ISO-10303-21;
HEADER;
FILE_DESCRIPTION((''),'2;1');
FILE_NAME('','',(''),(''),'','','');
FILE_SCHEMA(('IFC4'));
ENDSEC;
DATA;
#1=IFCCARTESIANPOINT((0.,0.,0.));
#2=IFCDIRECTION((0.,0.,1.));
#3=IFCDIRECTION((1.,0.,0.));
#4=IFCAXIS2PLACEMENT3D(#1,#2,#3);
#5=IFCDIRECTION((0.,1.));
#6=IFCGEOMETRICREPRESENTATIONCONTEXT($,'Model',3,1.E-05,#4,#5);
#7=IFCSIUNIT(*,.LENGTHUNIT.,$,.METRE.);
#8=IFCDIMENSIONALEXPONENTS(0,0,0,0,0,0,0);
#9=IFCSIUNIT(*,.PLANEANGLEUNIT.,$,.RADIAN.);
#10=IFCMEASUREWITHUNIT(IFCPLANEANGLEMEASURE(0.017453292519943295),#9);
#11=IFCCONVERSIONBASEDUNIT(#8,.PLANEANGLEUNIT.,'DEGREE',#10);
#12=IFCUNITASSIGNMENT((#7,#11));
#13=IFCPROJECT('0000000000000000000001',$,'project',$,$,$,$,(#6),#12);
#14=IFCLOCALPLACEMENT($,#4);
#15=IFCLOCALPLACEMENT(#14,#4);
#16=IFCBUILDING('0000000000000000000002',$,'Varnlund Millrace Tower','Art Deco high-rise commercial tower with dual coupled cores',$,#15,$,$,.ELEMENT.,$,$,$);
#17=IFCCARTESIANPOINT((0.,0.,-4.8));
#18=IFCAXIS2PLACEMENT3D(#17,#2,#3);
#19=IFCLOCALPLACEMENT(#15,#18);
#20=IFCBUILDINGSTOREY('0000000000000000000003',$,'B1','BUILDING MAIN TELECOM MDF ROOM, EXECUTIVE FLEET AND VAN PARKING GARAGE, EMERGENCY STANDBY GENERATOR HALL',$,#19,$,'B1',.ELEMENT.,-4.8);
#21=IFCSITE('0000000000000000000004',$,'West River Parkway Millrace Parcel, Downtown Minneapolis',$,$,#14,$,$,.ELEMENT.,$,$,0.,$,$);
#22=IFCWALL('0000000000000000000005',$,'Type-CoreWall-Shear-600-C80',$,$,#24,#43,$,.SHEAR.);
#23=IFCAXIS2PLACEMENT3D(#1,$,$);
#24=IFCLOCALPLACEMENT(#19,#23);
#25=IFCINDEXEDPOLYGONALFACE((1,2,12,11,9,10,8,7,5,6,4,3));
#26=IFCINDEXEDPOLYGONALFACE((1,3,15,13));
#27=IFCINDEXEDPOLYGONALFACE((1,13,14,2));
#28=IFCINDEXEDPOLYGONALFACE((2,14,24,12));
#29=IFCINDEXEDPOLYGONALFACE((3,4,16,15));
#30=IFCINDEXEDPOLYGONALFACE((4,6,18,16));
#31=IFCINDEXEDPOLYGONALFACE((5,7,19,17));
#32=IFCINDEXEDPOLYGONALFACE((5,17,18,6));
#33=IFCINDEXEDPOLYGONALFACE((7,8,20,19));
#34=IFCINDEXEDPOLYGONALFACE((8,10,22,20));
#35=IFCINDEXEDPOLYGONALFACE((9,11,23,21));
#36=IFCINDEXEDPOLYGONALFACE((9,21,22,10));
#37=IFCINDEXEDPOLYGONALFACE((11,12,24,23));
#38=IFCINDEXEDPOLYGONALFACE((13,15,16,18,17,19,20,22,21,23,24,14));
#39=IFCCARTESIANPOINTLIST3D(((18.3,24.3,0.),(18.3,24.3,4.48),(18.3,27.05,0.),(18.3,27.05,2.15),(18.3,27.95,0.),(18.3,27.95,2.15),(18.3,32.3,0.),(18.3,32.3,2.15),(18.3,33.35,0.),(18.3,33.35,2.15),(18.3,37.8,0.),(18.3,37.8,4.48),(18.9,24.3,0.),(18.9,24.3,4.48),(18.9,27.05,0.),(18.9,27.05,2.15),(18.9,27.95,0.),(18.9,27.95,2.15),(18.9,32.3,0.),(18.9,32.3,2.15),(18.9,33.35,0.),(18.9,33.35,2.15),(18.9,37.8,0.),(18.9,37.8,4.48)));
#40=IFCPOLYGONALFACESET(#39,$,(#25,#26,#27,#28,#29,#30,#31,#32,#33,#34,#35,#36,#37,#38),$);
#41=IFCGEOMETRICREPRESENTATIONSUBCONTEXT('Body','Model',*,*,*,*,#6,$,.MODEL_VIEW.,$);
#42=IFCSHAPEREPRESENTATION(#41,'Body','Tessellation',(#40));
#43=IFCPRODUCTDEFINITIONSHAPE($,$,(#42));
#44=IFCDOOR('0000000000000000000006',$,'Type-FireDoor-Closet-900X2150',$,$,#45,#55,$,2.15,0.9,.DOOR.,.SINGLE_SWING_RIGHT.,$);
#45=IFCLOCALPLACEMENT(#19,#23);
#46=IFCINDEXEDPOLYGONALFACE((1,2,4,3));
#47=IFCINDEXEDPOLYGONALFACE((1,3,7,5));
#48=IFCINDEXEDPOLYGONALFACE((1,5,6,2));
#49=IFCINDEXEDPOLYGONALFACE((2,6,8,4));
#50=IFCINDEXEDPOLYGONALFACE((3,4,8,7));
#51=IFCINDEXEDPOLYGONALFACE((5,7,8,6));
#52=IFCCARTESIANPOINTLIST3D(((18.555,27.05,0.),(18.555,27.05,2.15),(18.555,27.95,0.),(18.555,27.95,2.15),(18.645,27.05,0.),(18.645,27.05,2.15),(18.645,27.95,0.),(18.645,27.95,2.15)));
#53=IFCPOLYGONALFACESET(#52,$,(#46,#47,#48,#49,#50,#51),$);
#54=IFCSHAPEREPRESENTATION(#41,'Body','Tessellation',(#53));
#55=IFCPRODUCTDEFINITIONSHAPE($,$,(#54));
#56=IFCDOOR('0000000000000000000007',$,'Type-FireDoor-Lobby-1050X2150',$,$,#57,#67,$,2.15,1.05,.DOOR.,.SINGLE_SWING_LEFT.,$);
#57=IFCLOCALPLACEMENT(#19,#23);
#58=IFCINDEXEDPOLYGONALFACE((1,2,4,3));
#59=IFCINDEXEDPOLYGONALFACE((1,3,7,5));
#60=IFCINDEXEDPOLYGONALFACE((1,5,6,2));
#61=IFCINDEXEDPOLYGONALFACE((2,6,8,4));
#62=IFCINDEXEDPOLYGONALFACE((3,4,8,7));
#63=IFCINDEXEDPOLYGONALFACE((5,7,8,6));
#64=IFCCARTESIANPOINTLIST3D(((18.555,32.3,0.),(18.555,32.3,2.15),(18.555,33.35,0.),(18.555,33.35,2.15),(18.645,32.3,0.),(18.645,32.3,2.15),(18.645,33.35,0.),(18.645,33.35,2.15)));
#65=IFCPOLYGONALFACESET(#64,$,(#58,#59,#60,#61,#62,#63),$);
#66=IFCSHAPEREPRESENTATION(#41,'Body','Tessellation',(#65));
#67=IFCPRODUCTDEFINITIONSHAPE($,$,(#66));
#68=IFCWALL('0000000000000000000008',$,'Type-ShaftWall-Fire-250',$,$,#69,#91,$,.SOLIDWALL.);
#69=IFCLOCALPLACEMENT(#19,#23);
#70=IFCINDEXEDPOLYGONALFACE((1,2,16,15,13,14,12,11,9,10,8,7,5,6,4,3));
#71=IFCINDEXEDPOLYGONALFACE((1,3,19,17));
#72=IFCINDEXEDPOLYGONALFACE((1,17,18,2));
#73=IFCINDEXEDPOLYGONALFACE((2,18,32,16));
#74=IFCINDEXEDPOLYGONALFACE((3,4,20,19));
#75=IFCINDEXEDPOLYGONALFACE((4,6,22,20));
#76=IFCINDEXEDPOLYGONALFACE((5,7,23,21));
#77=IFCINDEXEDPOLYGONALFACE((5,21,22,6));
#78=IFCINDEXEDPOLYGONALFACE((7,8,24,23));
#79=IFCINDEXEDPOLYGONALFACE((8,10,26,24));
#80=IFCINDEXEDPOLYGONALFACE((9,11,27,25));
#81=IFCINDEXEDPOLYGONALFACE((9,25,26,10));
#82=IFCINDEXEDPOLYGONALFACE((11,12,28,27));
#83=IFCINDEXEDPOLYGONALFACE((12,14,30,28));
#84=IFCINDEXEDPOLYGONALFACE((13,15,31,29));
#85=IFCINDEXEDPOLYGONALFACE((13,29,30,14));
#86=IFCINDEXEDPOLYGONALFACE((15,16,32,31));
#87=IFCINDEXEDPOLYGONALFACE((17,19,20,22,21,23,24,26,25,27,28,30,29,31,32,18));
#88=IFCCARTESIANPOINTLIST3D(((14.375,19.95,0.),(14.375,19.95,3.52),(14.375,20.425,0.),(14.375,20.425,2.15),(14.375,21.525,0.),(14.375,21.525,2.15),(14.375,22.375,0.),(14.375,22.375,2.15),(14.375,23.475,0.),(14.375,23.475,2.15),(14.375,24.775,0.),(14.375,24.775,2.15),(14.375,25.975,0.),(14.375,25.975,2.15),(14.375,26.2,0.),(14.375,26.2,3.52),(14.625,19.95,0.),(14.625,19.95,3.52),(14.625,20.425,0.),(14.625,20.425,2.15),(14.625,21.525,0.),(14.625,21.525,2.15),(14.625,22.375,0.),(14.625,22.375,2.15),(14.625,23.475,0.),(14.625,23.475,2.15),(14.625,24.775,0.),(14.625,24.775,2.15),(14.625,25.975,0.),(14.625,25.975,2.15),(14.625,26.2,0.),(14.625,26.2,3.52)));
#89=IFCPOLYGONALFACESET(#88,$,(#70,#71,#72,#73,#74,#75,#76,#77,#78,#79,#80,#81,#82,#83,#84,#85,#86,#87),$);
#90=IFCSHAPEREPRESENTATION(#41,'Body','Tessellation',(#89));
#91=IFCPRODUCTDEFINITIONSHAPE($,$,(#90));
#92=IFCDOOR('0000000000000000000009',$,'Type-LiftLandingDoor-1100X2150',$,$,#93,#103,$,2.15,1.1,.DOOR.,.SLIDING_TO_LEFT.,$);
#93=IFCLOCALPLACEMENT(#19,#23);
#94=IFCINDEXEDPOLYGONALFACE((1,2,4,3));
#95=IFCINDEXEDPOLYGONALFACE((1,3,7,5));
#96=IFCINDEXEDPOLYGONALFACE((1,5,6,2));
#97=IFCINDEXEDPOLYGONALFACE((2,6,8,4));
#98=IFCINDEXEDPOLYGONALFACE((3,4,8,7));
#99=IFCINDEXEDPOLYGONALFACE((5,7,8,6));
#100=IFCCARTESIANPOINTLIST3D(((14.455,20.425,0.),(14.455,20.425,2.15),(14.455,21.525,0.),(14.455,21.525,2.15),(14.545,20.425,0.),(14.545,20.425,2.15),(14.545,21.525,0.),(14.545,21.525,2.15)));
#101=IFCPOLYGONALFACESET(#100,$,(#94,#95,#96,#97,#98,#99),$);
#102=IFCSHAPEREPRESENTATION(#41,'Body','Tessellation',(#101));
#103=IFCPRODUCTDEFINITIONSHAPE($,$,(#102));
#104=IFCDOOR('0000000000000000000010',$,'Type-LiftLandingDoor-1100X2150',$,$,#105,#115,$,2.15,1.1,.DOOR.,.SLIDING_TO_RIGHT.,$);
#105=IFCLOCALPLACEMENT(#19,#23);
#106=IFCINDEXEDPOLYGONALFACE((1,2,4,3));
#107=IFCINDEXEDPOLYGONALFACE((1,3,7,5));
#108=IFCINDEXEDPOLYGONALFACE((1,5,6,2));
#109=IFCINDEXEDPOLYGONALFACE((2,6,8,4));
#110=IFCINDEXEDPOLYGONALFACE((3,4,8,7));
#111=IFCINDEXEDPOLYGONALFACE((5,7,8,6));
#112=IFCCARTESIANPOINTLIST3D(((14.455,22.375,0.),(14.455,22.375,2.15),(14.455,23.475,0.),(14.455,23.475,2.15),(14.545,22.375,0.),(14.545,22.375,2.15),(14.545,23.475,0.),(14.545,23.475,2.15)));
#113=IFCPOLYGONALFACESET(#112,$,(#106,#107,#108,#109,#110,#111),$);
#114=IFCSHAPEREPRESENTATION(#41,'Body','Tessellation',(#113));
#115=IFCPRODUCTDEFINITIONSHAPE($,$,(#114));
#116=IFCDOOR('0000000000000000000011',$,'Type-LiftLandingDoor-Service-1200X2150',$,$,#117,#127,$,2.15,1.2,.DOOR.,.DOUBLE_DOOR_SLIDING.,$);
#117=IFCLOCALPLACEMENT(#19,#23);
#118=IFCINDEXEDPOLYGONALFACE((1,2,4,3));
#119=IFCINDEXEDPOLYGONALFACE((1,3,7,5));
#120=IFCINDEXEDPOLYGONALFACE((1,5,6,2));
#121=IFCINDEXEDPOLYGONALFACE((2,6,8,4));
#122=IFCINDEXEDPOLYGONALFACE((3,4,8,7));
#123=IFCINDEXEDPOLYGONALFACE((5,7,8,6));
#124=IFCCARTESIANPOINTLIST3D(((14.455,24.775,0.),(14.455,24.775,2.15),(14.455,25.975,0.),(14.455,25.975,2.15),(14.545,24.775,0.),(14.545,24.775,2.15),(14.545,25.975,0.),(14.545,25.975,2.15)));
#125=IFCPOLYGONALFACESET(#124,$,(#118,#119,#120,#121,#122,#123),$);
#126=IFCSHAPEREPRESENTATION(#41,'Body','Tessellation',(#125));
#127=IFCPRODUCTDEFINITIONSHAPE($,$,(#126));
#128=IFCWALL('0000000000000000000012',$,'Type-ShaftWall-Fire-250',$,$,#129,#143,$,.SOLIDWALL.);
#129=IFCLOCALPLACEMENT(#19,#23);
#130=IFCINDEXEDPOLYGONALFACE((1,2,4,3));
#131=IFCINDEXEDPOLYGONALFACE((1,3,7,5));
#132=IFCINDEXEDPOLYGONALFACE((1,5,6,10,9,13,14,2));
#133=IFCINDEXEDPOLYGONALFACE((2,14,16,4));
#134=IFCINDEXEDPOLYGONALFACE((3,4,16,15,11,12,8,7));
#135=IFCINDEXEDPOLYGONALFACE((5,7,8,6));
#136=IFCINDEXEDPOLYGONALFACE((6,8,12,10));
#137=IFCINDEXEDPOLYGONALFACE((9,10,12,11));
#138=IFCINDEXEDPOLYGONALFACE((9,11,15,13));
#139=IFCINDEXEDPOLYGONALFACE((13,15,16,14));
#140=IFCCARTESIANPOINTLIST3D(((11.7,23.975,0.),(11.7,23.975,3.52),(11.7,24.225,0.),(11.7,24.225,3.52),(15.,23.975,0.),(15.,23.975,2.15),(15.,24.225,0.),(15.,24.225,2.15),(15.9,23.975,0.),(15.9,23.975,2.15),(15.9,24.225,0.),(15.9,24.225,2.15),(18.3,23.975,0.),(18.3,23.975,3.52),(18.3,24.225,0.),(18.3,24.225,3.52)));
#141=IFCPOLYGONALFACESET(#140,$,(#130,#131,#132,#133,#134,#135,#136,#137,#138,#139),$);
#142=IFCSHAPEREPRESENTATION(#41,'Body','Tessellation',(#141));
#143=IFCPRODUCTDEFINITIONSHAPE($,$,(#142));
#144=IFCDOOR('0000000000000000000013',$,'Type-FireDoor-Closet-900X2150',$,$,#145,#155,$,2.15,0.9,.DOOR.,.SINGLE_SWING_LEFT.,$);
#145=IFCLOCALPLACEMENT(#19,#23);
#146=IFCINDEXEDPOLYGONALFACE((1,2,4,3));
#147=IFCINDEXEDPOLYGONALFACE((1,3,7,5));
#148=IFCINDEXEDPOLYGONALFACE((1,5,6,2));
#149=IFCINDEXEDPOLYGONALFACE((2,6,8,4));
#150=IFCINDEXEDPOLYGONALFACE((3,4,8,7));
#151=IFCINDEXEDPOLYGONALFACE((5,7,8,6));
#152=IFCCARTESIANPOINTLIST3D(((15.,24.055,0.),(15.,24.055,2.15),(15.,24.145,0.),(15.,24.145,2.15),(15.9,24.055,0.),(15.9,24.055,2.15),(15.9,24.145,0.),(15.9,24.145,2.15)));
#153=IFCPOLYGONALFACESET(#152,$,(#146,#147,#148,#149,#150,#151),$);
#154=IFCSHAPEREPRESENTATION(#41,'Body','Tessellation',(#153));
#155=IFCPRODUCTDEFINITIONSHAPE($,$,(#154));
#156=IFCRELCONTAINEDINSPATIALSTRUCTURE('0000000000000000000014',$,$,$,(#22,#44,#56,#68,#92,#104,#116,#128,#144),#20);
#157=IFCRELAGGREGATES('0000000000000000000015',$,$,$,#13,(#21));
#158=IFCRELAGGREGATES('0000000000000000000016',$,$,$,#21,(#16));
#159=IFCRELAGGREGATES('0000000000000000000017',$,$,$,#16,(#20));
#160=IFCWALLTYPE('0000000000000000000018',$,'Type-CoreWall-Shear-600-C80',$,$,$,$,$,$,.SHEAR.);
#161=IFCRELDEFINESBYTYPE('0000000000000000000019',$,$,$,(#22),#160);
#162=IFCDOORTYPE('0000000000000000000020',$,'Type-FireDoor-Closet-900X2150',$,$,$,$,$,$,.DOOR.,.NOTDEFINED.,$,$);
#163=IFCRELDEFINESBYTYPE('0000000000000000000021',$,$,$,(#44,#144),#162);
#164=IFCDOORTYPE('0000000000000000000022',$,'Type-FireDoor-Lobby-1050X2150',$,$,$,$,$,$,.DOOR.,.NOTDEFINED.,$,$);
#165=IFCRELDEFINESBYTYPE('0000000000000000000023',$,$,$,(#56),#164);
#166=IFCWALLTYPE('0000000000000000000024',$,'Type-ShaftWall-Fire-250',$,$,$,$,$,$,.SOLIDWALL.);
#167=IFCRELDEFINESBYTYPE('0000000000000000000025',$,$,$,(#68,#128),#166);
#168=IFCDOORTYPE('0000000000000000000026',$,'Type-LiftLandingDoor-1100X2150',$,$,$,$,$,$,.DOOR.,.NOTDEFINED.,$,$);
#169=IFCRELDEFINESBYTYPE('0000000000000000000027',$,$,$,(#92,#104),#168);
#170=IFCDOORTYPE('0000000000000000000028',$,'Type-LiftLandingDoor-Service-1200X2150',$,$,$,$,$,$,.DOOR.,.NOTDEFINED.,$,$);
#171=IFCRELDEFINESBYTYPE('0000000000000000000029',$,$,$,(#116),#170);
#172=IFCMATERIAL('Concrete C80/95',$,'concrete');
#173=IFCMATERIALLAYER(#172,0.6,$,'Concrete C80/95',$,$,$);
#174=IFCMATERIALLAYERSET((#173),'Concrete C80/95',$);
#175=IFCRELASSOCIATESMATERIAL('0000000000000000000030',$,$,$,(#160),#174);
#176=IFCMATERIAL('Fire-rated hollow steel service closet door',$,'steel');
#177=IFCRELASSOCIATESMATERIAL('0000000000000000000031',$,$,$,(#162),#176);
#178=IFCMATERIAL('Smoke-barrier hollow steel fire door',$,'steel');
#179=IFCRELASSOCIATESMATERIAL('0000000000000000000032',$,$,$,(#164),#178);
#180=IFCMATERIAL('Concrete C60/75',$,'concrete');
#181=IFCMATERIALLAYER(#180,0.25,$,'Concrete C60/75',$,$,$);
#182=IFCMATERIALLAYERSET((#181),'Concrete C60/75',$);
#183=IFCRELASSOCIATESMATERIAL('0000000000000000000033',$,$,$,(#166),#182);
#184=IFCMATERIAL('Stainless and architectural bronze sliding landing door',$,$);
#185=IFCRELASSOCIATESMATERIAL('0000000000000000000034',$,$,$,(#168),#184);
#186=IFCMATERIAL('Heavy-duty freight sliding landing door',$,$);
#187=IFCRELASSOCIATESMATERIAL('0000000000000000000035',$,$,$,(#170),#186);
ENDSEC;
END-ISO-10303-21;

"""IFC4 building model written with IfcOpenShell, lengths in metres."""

from ifc_helpers import new_model, entity, si_unit, converted_unit, direction, frame, origin_with_axes, origin_2d_with_axis, place, context, subcontext, project, spatial, polyline, rectangle, outline, extrude, material, layer, layer_set, type_object, element, fill, save


model = new_model("IFC4")

# Units and contexts
model_context = context("Model", 3, precision=1e-05, world=origin_with_axes(), true_north=direction((0.0, 1.0)))
body_context = subcontext(model_context, "Body", "Model", "MODEL_VIEW")
ifc_project = project(units=[si_unit("LENGTHUNIT", "METRE"), converted_unit("PLANEANGLEUNIT", "DEGREE", entity("IfcPlaneAngleMeasure", 0.017453292519943295), si_unit("PLANEANGLEUNIT", "RADIAN"), dimensions=[0, 0, 0, 0, 0, 0, 0])], contexts=[model_context])

# Site, building, storey
site_placement = place(None, origin_with_axes())
site = spatial("IfcSite", under=ifc_project, at=site_placement, Name="West River Parkway Millrace Parcel, Downtown Minneapolis", CompositionType="ELEMENT", RefElevation=0.0)
building_placement = place(site_placement, origin_with_axes())
building = spatial("IfcBuilding", under=site, at=building_placement, Name="Varnlund Millrace Tower", Description="Art Deco high-rise commercial tower with dual coupled cores", CompositionType="ELEMENT")
storey_placement = place(building_placement, frame((0.0, 0.0, -4.8), z_axis=(0.0, 0.0, 1.0), x_axis=(1.0, 0.0, 0.0)))
storey = spatial("IfcBuildingStorey", under=building, at=storey_placement, Name="B1", Description="BUILDING MAIN TELECOM MDF ROOM, EXECUTIVE FLEET AND VAN PARKING GARAGE, EMERGENCY STANDBY GENERATOR HALL", LongName="B1", CompositionType="ELEMENT", Elevation=-4.8)

# Shared definitions
ifc_material_1 = material(Name="Concrete C80/95", Category="concrete")

# Walls, openings, doors
ifc_layer_1 = layer(ifc_material_1, 0.6, Name="Concrete C80/95")
ifc_layer_set_1 = layer_set([ifc_layer_1], Name="Concrete C80/95")
wall_type_1 = type_object("IfcWallType", Name="Type-CoreWall-Shear-600-C80", PredefinedType="SHEAR", material=ifc_layer_set_1)
wall_1_placement = place(storey_placement, frame((18.6, 24.3, 0.0), z_axis=(0.0, 0.0, 1.0), x_axis=(0.0, 1.0, 0.0)))
wall_1 = element("IfcWall", 1, at=wall_1_placement, inside=storey, type_object=wall_type_1, Name="Type-CoreWall-Shear-600-C80", PredefinedType="SHEAR", context=body_context, shape_type="SweptSolid", body=[
    extrude(outline(polyline([(0.0, -0.3), (13.5, -0.3), (13.5, 0.3), (0.0, 0.3), (0.0, -0.3)])), origin_with_axes(), (0.0, 0.0, 1.0), 4.48),
])
opening_1_placement = place(wall_1_placement, frame((3.2, 0.0, 0.0), z_axis=(0.0, 0.0, 1.0), x_axis=(1.0, 0.0, 0.0)))
opening_1 = element("IfcOpeningElement", 2, at=opening_1_placement, cuts=wall_1, PredefinedType="OPENING", context=body_context, shape_type="SweptSolid", body=[
    extrude(rectangle(XDim=0.9, YDim=0.62, at=origin_2d_with_axis()), origin_with_axes(), (0.0, 0.0, 1.0), 2.15),
])
opening_2_placement = place(wall_1_placement, frame((8.525, 0.0, 0.0), z_axis=(0.0, 0.0, 1.0), x_axis=(1.0, 0.0, 0.0)))
opening_2 = element("IfcOpeningElement", 3, at=opening_2_placement, cuts=wall_1, PredefinedType="OPENING", context=body_context, shape_type="SweptSolid", body=[
    extrude(rectangle(XDim=1.05, YDim=0.62, at=origin_2d_with_axis()), origin_with_axes(), (0.0, 0.0, 1.0), 2.15),
])
ifc_material_2 = material(Name="Fire-rated hollow steel service closet door", Category="steel")
door_type_1 = type_object("IfcDoorType", Name="Type-FireDoor-Closet-900X2150", OperationType="NOTDEFINED", PredefinedType="DOOR", material=ifc_material_2)
door_1_placement = place(wall_1_placement, frame((3.2, 0.0, 0.0), z_axis=(0.0, 0.0, 1.0), x_axis=(1.0, 0.0, 0.0)))
door_1 = element("IfcDoor", 4, at=door_1_placement, inside=storey, type_object=door_type_1, Name="Type-FireDoor-Closet-900X2150", OperationType="SINGLE_SWING_RIGHT", OverallHeight=2.15, OverallWidth=0.9, PredefinedType="DOOR", context=body_context, shape_type="SweptSolid", body=[
    extrude(rectangle(XDim=0.9, YDim=0.09, at=origin_2d_with_axis()), origin_with_axes(), (0.0, 0.0, 1.0), 2.15),
])
fill(opening_1, door_1)
ifc_material_3 = material(Name="Smoke-barrier hollow steel fire door", Category="steel")
door_type_2 = type_object("IfcDoorType", Name="Type-FireDoor-Lobby-1050X2150", OperationType="NOTDEFINED", PredefinedType="DOOR", material=ifc_material_3)
door_2_placement = place(wall_1_placement, frame((8.525, 0.0, 0.0), z_axis=(0.0, 0.0, 1.0), x_axis=(1.0, 0.0, 0.0)))
door_2 = element("IfcDoor", 5, at=door_2_placement, inside=storey, type_object=door_type_2, Name="Type-FireDoor-Lobby-1050X2150", OperationType="SINGLE_SWING_LEFT", OverallHeight=2.15, OverallWidth=1.05, PredefinedType="DOOR", context=body_context, shape_type="SweptSolid", body=[
    extrude(rectangle(XDim=1.05, YDim=0.09, at=origin_2d_with_axis()), origin_with_axes(), (0.0, 0.0, 1.0), 2.15),
])
fill(opening_2, door_2)
ifc_material_4 = material(Name="Concrete C60/75", Category="concrete")
ifc_layer_2 = layer(ifc_material_4, 0.25, Name="Concrete C60/75")
ifc_layer_set_2 = layer_set([ifc_layer_2], Name="Concrete C60/75")
wall_type_2 = type_object("IfcWallType", Name="Type-ShaftWall-Fire-250", PredefinedType="SOLIDWALL", material=ifc_layer_set_2)
wall_2_placement = place(storey_placement, frame((14.5, 19.95, 0.0), z_axis=(0.0, 0.0, 1.0), x_axis=(0.0, 1.0, 0.0)))
wall_2 = element("IfcWall", 6, at=wall_2_placement, inside=storey, type_object=wall_type_2, Name="Type-ShaftWall-Fire-250", PredefinedType="SOLIDWALL", context=body_context, shape_type="SweptSolid", body=[
    extrude(outline(polyline([(0.0, -0.125), (6.25, -0.125), (6.25, 0.125), (0.0, 0.125), (0.0, -0.125)])), origin_with_axes(), (0.0, 0.0, 1.0), 3.52),
])
opening_3_placement = place(wall_2_placement, frame((1.025, 0.0, 0.0), z_axis=(0.0, 0.0, 1.0), x_axis=(1.0, 0.0, 0.0)))
opening_3 = element("IfcOpeningElement", 7, at=opening_3_placement, cuts=wall_2, PredefinedType="OPENING", context=body_context, shape_type="SweptSolid", body=[
    extrude(rectangle(XDim=1.1, YDim=0.27, at=origin_2d_with_axis()), origin_with_axes(), (0.0, 0.0, 1.0), 2.15),
])
opening_4_placement = place(wall_2_placement, frame((2.975, 0.0, 0.0), z_axis=(0.0, 0.0, 1.0), x_axis=(1.0, 0.0, 0.0)))
opening_4 = element("IfcOpeningElement", 8, at=opening_4_placement, cuts=wall_2, PredefinedType="OPENING", context=body_context, shape_type="SweptSolid", body=[
    extrude(rectangle(XDim=1.1, YDim=0.27, at=origin_2d_with_axis()), origin_with_axes(), (0.0, 0.0, 1.0), 2.15),
])
opening_5_placement = place(wall_2_placement, frame((5.425, 0.0, 0.0), z_axis=(0.0, 0.0, 1.0), x_axis=(1.0, 0.0, 0.0)))
opening_5 = element("IfcOpeningElement", 9, at=opening_5_placement, cuts=wall_2, PredefinedType="OPENING", context=body_context, shape_type="SweptSolid", body=[
    extrude(rectangle(XDim=1.2, YDim=0.27, at=origin_2d_with_axis()), origin_with_axes(), (0.0, 0.0, 1.0), 2.15),
])
ifc_material_5 = material(Name="Stainless and architectural bronze sliding landing door")
door_type_3 = type_object("IfcDoorType", Name="Type-LiftLandingDoor-1100X2150", OperationType="NOTDEFINED", PredefinedType="DOOR", material=ifc_material_5)
door_3_placement = place(wall_2_placement, frame((1.025, 0.0, 0.0), z_axis=(0.0, 0.0, 1.0), x_axis=(1.0, 0.0, 0.0)))
door_3 = element("IfcDoor", 10, at=door_3_placement, inside=storey, type_object=door_type_3, Name="Type-LiftLandingDoor-1100X2150", OperationType="SLIDING_TO_LEFT", OverallHeight=2.15, OverallWidth=1.1, PredefinedType="DOOR", context=body_context, shape_type="SweptSolid", body=[
    extrude(rectangle(XDim=1.1, YDim=0.09, at=origin_2d_with_axis()), origin_with_axes(), (0.0, 0.0, 1.0), 2.15),
])
fill(opening_3, door_3)
door_4_placement = place(wall_2_placement, frame((2.975, 0.0, 0.0), z_axis=(0.0, 0.0, 1.0), x_axis=(1.0, 0.0, 0.0)))
door_4 = element("IfcDoor", 11, at=door_4_placement, inside=storey, type_object=door_type_3, Name="Type-LiftLandingDoor-1100X2150", OperationType="SLIDING_TO_RIGHT", OverallHeight=2.15, OverallWidth=1.1, PredefinedType="DOOR", context=body_context, shape_type="SweptSolid", body=[
    extrude(rectangle(XDim=1.1, YDim=0.09, at=origin_2d_with_axis()), origin_with_axes(), (0.0, 0.0, 1.0), 2.15),
])
fill(opening_4, door_4)
ifc_material_6 = material(Name="Heavy-duty freight sliding landing door")
door_type_4 = type_object("IfcDoorType", Name="Type-LiftLandingDoor-Service-1200X2150", OperationType="NOTDEFINED", PredefinedType="DOOR", material=ifc_material_6)
door_5_placement = place(wall_2_placement, frame((5.425, 0.0, 0.0), z_axis=(0.0, 0.0, 1.0), x_axis=(1.0, 0.0, 0.0)))
door_5 = element("IfcDoor", 12, at=door_5_placement, inside=storey, type_object=door_type_4, Name="Type-LiftLandingDoor-Service-1200X2150", OperationType="DOUBLE_DOOR_SLIDING", OverallHeight=2.15, OverallWidth=1.2, PredefinedType="DOOR", context=body_context, shape_type="SweptSolid", body=[
    extrude(rectangle(XDim=1.2, YDim=0.09, at=origin_2d_with_axis()), origin_with_axes(), (0.0, 0.0, 1.0), 2.15),
])
fill(opening_5, door_5)

# Wall, opening, door
wall_3_placement = place(storey_placement, frame((11.7, 24.1, 0.0), z_axis=(0.0, 0.0, 1.0), x_axis=(1.0, 0.0, 0.0)))
wall_3 = element("IfcWall", 13, at=wall_3_placement, inside=storey, type_object=wall_type_2, Name="Type-ShaftWall-Fire-250", PredefinedType="SOLIDWALL", context=body_context, shape_type="SweptSolid", body=[
    extrude(outline(polyline([(0.0, -0.125), (6.6, -0.125), (6.6, 0.125), (0.0, 0.125), (0.0, -0.125)])), origin_with_axes(), (0.0, 0.0, 1.0), 3.52),
])
opening_6_placement = place(wall_3_placement, frame((3.75, 0.0, 0.0), z_axis=(0.0, 0.0, 1.0), x_axis=(1.0, 0.0, 0.0)))
opening_6 = element("IfcOpeningElement", 14, at=opening_6_placement, cuts=wall_3, PredefinedType="OPENING", context=body_context, shape_type="SweptSolid", body=[
    extrude(rectangle(XDim=0.9, YDim=0.27, at=origin_2d_with_axis()), origin_with_axes(), (0.0, 0.0, 1.0), 2.15),
])
door_6_placement = place(wall_3_placement, frame((3.75, 0.0, 0.0), z_axis=(0.0, 0.0, 1.0), x_axis=(1.0, 0.0, 0.0)))
door_6 = element("IfcDoor", 15, at=door_6_placement, inside=storey, type_object=door_type_1, Name="Type-FireDoor-Closet-900X2150", OperationType="SINGLE_SWING_LEFT", OverallHeight=2.15, OverallWidth=0.9, PredefinedType="DOOR", context=body_context, shape_type="SweptSolid", body=[
    extrude(rectangle(XDim=0.9, YDim=0.09, at=origin_2d_with_axis()), origin_with_axes(), (0.0, 0.0, 1.0), 2.15),
])
fill(opening_6, door_6)

save(model, "model.ifc")
